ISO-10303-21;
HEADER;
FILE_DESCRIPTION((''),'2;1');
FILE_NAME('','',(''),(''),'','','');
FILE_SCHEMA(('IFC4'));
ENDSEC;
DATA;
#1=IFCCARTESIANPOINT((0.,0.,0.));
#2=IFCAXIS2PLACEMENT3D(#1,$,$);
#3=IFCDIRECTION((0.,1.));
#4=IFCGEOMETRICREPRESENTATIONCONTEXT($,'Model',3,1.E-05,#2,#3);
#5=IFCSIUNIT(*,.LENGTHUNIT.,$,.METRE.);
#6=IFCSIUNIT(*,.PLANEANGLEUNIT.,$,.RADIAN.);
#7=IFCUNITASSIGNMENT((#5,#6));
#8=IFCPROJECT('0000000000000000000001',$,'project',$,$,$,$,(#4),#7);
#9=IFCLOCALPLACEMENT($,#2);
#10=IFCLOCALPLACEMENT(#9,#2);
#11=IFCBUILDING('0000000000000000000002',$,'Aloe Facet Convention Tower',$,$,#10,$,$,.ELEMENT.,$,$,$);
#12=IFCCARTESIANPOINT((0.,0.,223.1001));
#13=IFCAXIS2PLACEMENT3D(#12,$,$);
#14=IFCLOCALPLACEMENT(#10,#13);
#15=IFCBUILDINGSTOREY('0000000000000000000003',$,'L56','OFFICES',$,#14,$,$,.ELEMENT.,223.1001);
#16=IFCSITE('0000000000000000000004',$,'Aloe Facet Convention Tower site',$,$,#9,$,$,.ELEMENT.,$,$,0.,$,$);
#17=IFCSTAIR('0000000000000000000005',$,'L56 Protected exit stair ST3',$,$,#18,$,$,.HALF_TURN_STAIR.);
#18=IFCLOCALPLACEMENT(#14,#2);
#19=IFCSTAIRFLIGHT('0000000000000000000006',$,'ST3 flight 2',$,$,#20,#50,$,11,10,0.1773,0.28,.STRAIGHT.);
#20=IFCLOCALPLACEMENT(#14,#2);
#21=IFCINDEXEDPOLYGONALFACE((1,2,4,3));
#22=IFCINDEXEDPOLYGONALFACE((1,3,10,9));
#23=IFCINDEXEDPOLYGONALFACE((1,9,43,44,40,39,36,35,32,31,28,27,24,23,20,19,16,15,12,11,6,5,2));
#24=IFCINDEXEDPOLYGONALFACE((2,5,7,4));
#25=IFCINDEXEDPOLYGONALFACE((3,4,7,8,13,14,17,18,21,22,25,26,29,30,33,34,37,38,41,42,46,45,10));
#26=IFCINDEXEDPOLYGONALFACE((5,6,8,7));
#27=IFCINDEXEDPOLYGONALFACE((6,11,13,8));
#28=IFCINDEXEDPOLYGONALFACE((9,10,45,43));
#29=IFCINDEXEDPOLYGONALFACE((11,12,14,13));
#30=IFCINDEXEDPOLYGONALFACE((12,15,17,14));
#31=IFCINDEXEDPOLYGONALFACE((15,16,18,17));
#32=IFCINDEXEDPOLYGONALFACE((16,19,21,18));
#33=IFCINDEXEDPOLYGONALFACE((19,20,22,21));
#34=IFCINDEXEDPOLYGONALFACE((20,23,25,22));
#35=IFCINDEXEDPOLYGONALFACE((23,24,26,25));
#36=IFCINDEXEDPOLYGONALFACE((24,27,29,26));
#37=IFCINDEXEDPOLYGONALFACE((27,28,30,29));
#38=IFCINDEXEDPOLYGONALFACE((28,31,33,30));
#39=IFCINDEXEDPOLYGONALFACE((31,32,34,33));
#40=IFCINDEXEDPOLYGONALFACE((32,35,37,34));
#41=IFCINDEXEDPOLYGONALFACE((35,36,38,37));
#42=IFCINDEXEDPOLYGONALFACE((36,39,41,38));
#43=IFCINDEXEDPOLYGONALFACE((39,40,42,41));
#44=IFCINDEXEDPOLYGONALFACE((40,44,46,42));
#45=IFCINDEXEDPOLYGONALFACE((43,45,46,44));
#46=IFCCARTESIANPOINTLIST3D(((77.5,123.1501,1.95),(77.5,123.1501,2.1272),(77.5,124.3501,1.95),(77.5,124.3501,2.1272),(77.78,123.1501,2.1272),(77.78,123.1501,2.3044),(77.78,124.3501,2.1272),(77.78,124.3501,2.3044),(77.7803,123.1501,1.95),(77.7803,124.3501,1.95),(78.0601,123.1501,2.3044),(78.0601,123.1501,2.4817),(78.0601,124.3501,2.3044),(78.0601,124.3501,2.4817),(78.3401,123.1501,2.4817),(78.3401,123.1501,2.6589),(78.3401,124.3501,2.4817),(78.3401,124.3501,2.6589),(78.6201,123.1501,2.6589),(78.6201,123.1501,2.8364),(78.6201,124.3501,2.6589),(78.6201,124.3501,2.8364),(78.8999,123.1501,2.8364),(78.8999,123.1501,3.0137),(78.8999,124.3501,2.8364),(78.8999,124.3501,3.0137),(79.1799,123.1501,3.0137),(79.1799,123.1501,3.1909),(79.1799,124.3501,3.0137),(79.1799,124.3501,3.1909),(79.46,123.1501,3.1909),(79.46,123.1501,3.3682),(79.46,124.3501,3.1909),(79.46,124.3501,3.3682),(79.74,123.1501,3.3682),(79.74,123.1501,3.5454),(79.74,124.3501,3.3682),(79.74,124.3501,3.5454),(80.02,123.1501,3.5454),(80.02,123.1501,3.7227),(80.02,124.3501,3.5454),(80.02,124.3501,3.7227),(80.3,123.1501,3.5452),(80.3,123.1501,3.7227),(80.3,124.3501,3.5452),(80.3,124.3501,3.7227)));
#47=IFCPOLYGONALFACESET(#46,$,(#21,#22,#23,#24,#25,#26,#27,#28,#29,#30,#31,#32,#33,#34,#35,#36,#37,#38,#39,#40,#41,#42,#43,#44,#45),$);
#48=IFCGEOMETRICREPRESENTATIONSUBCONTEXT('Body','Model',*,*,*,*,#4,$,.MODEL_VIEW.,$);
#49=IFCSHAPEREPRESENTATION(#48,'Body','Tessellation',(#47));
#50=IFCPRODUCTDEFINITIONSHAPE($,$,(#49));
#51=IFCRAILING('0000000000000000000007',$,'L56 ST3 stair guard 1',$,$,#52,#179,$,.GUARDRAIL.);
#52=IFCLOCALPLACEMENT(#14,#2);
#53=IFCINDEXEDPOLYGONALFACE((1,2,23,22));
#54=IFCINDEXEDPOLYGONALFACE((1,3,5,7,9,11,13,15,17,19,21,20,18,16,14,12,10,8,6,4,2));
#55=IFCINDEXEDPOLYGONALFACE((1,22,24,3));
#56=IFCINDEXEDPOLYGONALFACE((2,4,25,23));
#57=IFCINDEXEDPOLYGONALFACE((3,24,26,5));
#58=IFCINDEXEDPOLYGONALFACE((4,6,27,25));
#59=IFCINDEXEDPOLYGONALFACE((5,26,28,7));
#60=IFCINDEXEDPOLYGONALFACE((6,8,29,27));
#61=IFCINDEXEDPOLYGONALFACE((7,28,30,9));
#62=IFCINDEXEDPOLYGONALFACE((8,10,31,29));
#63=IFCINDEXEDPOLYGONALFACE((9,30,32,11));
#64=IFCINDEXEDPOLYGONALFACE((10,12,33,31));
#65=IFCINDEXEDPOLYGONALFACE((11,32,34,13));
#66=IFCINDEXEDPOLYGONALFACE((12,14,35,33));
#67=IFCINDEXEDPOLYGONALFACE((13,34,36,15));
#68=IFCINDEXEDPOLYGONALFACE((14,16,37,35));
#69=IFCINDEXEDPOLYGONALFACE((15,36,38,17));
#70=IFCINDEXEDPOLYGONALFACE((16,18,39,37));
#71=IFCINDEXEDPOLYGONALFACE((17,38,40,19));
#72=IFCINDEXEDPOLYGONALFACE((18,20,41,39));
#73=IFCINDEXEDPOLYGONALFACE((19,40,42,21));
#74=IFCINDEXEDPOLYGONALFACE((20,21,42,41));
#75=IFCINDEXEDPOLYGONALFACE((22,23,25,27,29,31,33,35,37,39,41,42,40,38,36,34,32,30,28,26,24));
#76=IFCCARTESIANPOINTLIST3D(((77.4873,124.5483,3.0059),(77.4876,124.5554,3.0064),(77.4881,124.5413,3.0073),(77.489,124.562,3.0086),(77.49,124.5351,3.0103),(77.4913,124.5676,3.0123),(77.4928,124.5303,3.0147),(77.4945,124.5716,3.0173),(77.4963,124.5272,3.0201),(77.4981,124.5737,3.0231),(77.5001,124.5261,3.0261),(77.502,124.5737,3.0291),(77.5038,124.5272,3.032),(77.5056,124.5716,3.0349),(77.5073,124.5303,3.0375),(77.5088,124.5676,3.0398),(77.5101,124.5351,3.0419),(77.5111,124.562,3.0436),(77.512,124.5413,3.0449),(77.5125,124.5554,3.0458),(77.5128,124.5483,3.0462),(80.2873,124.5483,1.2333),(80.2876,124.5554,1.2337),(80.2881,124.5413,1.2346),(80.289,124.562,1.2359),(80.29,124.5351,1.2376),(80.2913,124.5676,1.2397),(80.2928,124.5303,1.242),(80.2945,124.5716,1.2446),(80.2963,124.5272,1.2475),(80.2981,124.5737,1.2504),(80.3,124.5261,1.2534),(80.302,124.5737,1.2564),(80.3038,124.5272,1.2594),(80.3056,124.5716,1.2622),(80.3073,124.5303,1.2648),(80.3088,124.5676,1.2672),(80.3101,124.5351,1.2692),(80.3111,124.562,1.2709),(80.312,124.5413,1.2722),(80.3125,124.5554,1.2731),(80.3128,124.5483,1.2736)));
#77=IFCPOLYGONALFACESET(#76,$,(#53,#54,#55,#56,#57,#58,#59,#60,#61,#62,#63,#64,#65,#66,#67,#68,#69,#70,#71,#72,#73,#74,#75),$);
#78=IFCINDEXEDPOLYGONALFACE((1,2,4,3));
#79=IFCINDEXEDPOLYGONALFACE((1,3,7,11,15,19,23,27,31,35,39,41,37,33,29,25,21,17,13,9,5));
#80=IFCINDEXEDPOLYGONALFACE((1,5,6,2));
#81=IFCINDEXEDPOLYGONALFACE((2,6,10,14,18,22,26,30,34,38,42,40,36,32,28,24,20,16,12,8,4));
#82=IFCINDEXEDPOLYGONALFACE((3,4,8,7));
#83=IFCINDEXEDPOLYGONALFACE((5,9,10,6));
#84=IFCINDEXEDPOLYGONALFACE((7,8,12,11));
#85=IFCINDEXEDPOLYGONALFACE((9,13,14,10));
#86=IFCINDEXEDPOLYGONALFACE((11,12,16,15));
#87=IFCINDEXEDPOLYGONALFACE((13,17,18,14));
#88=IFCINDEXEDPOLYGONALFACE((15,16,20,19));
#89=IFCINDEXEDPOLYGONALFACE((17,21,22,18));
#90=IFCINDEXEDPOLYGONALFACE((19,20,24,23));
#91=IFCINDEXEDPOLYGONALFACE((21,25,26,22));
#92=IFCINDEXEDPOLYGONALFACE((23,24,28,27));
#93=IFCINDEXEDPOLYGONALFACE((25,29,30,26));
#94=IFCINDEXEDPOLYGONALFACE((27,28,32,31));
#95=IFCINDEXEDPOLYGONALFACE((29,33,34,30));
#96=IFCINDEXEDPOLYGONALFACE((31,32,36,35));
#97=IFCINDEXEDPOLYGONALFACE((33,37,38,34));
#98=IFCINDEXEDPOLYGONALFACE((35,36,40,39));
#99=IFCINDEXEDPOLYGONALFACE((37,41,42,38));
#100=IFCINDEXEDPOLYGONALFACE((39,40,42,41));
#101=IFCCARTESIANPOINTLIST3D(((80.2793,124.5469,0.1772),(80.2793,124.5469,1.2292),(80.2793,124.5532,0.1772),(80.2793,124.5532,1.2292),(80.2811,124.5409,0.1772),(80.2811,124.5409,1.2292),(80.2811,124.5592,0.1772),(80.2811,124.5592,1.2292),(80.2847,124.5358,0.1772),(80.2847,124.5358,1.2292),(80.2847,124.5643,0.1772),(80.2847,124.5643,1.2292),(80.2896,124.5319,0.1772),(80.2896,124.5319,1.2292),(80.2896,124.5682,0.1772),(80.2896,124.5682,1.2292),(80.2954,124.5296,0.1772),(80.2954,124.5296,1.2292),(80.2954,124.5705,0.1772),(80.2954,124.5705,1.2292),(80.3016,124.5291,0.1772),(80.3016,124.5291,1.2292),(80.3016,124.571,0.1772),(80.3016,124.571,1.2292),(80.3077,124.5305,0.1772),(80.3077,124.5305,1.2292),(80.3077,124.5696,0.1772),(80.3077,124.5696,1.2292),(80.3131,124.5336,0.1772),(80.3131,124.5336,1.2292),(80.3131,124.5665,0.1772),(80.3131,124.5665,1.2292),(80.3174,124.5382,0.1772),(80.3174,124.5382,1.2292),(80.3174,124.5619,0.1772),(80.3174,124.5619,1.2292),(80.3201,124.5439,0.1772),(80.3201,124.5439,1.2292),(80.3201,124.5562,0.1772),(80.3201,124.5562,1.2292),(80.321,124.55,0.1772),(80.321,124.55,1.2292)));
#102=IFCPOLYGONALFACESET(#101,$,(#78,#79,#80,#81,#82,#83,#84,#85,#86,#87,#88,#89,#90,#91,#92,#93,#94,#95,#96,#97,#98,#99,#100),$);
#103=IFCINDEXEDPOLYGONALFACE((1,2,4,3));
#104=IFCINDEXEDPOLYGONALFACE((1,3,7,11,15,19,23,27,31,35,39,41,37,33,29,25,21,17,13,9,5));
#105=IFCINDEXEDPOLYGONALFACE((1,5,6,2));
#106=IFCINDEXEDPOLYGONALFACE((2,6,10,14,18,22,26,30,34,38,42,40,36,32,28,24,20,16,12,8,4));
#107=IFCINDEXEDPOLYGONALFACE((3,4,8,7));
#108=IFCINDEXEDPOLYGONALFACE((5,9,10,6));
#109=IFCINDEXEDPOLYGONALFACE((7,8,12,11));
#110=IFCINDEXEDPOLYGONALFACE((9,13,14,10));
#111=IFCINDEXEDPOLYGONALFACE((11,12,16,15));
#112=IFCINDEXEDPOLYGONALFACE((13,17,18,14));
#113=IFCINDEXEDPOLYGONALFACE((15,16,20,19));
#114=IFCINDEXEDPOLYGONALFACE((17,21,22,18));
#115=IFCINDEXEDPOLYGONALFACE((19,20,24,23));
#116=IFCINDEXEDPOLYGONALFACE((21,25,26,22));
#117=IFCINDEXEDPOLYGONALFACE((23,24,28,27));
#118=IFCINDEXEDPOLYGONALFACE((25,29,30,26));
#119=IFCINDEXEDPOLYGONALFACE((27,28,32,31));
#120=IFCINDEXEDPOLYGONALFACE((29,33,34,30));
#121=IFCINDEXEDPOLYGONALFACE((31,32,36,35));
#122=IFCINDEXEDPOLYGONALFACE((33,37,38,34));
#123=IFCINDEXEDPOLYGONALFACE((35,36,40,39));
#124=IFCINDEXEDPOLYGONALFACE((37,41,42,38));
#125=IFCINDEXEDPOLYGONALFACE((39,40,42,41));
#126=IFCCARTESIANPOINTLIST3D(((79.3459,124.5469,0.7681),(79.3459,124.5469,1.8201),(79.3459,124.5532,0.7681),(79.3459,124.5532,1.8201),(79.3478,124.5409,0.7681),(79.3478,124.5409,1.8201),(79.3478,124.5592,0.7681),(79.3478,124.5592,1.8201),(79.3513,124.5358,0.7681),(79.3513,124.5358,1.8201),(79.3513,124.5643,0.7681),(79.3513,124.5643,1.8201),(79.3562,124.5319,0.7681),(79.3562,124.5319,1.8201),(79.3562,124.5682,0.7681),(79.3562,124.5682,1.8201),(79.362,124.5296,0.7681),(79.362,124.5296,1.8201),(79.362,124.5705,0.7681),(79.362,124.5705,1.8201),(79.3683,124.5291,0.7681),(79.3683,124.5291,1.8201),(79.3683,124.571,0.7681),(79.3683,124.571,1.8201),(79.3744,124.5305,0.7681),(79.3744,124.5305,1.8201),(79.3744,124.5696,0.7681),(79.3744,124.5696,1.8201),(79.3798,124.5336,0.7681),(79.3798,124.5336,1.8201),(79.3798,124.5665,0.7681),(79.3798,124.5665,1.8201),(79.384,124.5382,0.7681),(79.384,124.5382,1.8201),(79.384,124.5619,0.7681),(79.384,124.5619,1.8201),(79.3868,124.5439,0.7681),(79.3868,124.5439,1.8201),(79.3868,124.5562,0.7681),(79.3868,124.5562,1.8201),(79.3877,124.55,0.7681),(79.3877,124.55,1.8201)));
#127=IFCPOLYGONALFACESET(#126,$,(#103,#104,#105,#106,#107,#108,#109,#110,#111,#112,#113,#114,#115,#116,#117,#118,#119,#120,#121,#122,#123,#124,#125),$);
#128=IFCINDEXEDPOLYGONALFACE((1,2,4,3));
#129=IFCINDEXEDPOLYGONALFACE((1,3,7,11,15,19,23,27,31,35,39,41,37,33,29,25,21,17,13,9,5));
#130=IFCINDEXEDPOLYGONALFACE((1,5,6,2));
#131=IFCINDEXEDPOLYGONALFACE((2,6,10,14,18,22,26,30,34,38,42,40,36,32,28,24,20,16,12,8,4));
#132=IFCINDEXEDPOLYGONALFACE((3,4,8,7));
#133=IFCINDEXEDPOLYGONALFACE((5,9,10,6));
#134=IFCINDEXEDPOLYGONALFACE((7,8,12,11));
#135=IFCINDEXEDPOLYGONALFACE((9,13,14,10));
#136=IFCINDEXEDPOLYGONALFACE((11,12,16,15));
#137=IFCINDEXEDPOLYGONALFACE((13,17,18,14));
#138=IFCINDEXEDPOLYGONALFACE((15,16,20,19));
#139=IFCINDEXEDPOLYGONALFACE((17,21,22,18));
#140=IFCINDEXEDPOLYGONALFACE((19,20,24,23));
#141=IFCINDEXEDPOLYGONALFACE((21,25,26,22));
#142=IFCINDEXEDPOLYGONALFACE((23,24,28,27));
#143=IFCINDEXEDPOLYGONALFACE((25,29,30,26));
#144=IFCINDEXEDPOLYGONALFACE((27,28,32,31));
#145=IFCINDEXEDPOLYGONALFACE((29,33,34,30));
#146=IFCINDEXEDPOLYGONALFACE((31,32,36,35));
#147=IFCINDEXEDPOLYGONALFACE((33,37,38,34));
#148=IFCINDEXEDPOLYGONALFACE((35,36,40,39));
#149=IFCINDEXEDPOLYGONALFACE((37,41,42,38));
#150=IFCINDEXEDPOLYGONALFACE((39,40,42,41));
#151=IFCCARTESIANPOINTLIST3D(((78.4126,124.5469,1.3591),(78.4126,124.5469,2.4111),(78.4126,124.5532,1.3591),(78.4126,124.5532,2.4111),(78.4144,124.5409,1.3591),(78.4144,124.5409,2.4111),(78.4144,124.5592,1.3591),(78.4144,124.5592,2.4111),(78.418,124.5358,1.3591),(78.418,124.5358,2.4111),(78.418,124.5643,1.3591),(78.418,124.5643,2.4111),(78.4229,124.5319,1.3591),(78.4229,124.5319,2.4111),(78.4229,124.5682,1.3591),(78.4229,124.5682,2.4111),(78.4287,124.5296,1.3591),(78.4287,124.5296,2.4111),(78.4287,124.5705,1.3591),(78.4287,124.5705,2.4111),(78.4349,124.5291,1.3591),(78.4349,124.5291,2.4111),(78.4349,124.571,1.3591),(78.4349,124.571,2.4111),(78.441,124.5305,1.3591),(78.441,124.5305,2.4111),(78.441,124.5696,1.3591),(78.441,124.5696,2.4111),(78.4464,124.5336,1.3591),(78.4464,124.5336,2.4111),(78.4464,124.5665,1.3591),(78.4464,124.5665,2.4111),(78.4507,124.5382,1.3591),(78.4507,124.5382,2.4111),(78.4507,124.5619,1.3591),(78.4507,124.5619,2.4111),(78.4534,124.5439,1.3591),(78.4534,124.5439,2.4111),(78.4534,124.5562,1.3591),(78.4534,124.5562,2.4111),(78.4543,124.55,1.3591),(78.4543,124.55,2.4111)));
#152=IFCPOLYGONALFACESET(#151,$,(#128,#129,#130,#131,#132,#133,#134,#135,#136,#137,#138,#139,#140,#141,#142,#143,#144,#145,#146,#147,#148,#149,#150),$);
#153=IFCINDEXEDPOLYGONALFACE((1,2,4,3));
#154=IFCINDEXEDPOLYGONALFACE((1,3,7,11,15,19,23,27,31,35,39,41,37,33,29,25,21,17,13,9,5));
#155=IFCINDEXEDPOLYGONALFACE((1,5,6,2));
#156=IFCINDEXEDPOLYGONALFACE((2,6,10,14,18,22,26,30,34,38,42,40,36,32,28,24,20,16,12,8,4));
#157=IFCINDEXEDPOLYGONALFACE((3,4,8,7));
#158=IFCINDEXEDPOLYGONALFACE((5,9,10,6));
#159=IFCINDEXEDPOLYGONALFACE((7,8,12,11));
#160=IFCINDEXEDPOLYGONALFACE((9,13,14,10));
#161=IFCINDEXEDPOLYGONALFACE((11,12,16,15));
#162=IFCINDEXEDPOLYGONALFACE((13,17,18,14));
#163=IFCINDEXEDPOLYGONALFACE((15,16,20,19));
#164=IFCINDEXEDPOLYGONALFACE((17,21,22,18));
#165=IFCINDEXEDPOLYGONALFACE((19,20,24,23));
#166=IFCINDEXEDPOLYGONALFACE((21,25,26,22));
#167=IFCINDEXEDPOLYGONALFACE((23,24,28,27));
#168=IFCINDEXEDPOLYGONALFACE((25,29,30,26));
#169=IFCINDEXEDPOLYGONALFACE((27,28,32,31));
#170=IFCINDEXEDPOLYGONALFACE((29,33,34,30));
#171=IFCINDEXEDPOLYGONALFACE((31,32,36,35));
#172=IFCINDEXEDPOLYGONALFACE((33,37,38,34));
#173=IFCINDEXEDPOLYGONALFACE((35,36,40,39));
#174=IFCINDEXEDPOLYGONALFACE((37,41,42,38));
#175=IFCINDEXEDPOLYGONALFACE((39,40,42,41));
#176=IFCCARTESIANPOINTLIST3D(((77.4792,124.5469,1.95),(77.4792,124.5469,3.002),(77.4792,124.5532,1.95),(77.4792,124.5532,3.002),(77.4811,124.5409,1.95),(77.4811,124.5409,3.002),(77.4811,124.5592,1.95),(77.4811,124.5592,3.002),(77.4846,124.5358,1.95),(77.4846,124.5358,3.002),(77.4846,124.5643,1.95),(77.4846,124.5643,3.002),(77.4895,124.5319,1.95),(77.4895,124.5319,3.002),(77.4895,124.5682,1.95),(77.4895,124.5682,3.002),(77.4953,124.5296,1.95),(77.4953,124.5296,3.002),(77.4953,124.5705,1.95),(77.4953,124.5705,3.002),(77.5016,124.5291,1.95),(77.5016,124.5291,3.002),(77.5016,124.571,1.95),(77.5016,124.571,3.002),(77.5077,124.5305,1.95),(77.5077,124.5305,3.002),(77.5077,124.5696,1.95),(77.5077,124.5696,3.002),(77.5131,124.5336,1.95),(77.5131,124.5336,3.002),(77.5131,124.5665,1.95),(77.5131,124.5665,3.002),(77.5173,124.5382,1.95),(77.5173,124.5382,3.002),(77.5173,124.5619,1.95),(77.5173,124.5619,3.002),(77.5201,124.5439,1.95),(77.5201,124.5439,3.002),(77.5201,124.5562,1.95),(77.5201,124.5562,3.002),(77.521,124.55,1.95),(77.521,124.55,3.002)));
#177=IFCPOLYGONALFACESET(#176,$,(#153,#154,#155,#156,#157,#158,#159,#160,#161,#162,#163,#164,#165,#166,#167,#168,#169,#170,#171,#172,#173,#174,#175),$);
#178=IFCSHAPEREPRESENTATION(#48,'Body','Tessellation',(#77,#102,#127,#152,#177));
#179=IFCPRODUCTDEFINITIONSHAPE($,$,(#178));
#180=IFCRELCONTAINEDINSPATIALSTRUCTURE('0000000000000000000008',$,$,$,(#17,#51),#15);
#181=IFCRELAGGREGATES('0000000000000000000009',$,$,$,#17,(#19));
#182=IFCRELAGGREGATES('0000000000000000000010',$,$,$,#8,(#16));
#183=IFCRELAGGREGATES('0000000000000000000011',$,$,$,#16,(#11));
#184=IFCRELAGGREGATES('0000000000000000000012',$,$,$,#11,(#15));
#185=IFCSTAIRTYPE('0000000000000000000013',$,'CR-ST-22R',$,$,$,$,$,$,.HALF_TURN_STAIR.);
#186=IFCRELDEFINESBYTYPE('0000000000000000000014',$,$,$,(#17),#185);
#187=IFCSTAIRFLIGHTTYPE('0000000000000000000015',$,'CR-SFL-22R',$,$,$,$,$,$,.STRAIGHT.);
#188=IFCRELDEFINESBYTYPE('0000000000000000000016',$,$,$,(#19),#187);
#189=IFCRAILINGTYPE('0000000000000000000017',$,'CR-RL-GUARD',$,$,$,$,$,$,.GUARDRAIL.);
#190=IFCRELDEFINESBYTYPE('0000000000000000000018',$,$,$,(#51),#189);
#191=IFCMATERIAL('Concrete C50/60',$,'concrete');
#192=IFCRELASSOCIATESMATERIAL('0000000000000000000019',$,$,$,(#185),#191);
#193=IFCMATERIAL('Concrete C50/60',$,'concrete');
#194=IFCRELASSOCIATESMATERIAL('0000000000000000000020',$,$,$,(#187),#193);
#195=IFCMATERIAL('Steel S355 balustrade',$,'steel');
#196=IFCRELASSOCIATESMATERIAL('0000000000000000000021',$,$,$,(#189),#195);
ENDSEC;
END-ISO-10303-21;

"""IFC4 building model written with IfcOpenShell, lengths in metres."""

from ifc_helpers import new_model, si_unit, direction, frame, origin, origin_2d, place, context, subcontext, project, spatial, polyline, circle, outline, extrude, material, type_object, element, aggregate, save


model = new_model("IFC4")

# Units and contexts
model_context = context("Model", 3, precision=1e-05, world=origin(), true_north=direction((0.0, 1.0)))
body_context = subcontext(model_context, "Body", "Model", "MODEL_VIEW")
ifc_project = project(units=[si_unit("LENGTHUNIT", "METRE"), si_unit("PLANEANGLEUNIT", "RADIAN")], contexts=[model_context])

# Site, building, storey
site_placement = place(None, origin())
site = spatial("IfcSite", under=ifc_project, at=site_placement, Name="Aloe Facet Convention Tower site", CompositionType="ELEMENT", RefElevation=0.0)
building_placement = place(site_placement, origin())
building = spatial("IfcBuilding", under=site, at=building_placement, Name="Aloe Facet Convention Tower", CompositionType="ELEMENT")
storey_placement = place(building_placement, frame((0.0, 0.0, 223.1001)))
storey = spatial("IfcBuildingStorey", under=building, at=storey_placement, Name="L56", Description="OFFICES", CompositionType="ELEMENT", Elevation=223.1001)

# Stair, stair flight
ifc_material_1 = material(Name="Concrete C50/60", Category="concrete")
stair_type = type_object("IfcStairType", Name="CR-ST-22R", PredefinedType="HALF_TURN_STAIR", material=ifc_material_1)
stair_placement = place(storey_placement, origin())
stair = element("IfcStair", 1, at=stair_placement, inside=storey, type_object=stair_type, Name="L56 Protected exit stair ST3", PredefinedType="HALF_TURN_STAIR")
ifc_material_2 = material(Name="Concrete C50/60", Category="concrete")
stair_flight_type = type_object("IfcStairFlightType", Name="CR-SFL-22R", PredefinedType="STRAIGHT", material=ifc_material_2)
stair_flight_1_placement = place(storey_placement, frame((77.5, 123.75, 1.95), z_axis=(0.0, 0.0, 1.0), x_axis=(1.0, 0.0, 0.0)))
stair_flight_1 = element("IfcStairFlight", 2, at=stair_flight_1_placement, type_object=stair_flight_type, Name="ST3 flight 2", NumberOfRisers=11, NumberOfTreads=10, PredefinedType="STRAIGHT", RiserHeight=0.1773, TreadLength=0.28, context=body_context, shape_type="SweptSolid", body=[
    extrude(outline(polyline([(0.0, 0.0), (0.0, 0.1772), (0.28, 0.1772), (0.28, 0.3545), (0.5601, 0.3545), (0.5601, 0.5317), (0.8401, 0.5317), (0.8401, 0.709), (1.1201, 0.709), (1.1201, 0.8865), (1.3999, 0.8865), (1.3999, 1.0637), (1.6799, 1.0637), (1.6799, 1.241), (1.96, 1.241), (1.96, 1.4182), (2.24, 1.4182), (2.24, 1.5955), (2.52, 1.5955), (2.52, 1.7727), (2.8, 1.7727), (2.8, 1.95), (2.8, 1.5952), (0.2803, 0.0), (0.0, 0.0)])), frame((0.0, 0.6001, 0.0), z_axis=(0.0, -1.0, 0.0), x_axis=(1.0, 0.0, 0.0)), (0.0, 0.0, 1.0), 1.2),
])
aggregate(stair, [stair_flight_1])

# Railing
ifc_material_3 = material(Name="Steel S355 balustrade", Category="steel")
railing_type_1 = type_object("IfcRailingType", Name="CR-RL-GUARD", PredefinedType="GUARDRAIL", material=ifc_material_3)
railing_1_placement = place(storey_placement, frame((80.3, 124.55, 0.1772)))
element("IfcRailing", 3, at=railing_1_placement, inside=storey, type_object=railing_type_1, Name="L56 ST3 stair guard 1", PredefinedType="GUARDRAIL", context=body_context, shape_type="SweptSolid", body=[
    extrude(circle(Radius=0.0239, at=origin_2d()), frame((0.0, 0.0, 1.0762), z_axis=(-0.844909, 0.0, 0.53491), x_axis=(0.0, -1.0, 0.0)), (0.0, 0.0, 1.0), 3.314),
    extrude(circle(Radius=0.021, at=origin_2d()), origin(), (0.0, 0.0, 1.0), 1.052),
    extrude(circle(Radius=0.021, at=origin_2d()), frame((-0.9333, 0.0, 0.5908)), (0.0, 0.0, 1.0), 1.052),
    extrude(circle(Radius=0.021, at=origin_2d()), frame((-1.8667, 0.0, 1.1819)), (0.0, 0.0, 1.0), 1.052),
    extrude(circle(Radius=0.021, at=origin_2d()), frame((-2.8, 0.0, 1.7727)), (0.0, 0.0, 1.0), 1.052),
])

save(model, "model.ifc")
